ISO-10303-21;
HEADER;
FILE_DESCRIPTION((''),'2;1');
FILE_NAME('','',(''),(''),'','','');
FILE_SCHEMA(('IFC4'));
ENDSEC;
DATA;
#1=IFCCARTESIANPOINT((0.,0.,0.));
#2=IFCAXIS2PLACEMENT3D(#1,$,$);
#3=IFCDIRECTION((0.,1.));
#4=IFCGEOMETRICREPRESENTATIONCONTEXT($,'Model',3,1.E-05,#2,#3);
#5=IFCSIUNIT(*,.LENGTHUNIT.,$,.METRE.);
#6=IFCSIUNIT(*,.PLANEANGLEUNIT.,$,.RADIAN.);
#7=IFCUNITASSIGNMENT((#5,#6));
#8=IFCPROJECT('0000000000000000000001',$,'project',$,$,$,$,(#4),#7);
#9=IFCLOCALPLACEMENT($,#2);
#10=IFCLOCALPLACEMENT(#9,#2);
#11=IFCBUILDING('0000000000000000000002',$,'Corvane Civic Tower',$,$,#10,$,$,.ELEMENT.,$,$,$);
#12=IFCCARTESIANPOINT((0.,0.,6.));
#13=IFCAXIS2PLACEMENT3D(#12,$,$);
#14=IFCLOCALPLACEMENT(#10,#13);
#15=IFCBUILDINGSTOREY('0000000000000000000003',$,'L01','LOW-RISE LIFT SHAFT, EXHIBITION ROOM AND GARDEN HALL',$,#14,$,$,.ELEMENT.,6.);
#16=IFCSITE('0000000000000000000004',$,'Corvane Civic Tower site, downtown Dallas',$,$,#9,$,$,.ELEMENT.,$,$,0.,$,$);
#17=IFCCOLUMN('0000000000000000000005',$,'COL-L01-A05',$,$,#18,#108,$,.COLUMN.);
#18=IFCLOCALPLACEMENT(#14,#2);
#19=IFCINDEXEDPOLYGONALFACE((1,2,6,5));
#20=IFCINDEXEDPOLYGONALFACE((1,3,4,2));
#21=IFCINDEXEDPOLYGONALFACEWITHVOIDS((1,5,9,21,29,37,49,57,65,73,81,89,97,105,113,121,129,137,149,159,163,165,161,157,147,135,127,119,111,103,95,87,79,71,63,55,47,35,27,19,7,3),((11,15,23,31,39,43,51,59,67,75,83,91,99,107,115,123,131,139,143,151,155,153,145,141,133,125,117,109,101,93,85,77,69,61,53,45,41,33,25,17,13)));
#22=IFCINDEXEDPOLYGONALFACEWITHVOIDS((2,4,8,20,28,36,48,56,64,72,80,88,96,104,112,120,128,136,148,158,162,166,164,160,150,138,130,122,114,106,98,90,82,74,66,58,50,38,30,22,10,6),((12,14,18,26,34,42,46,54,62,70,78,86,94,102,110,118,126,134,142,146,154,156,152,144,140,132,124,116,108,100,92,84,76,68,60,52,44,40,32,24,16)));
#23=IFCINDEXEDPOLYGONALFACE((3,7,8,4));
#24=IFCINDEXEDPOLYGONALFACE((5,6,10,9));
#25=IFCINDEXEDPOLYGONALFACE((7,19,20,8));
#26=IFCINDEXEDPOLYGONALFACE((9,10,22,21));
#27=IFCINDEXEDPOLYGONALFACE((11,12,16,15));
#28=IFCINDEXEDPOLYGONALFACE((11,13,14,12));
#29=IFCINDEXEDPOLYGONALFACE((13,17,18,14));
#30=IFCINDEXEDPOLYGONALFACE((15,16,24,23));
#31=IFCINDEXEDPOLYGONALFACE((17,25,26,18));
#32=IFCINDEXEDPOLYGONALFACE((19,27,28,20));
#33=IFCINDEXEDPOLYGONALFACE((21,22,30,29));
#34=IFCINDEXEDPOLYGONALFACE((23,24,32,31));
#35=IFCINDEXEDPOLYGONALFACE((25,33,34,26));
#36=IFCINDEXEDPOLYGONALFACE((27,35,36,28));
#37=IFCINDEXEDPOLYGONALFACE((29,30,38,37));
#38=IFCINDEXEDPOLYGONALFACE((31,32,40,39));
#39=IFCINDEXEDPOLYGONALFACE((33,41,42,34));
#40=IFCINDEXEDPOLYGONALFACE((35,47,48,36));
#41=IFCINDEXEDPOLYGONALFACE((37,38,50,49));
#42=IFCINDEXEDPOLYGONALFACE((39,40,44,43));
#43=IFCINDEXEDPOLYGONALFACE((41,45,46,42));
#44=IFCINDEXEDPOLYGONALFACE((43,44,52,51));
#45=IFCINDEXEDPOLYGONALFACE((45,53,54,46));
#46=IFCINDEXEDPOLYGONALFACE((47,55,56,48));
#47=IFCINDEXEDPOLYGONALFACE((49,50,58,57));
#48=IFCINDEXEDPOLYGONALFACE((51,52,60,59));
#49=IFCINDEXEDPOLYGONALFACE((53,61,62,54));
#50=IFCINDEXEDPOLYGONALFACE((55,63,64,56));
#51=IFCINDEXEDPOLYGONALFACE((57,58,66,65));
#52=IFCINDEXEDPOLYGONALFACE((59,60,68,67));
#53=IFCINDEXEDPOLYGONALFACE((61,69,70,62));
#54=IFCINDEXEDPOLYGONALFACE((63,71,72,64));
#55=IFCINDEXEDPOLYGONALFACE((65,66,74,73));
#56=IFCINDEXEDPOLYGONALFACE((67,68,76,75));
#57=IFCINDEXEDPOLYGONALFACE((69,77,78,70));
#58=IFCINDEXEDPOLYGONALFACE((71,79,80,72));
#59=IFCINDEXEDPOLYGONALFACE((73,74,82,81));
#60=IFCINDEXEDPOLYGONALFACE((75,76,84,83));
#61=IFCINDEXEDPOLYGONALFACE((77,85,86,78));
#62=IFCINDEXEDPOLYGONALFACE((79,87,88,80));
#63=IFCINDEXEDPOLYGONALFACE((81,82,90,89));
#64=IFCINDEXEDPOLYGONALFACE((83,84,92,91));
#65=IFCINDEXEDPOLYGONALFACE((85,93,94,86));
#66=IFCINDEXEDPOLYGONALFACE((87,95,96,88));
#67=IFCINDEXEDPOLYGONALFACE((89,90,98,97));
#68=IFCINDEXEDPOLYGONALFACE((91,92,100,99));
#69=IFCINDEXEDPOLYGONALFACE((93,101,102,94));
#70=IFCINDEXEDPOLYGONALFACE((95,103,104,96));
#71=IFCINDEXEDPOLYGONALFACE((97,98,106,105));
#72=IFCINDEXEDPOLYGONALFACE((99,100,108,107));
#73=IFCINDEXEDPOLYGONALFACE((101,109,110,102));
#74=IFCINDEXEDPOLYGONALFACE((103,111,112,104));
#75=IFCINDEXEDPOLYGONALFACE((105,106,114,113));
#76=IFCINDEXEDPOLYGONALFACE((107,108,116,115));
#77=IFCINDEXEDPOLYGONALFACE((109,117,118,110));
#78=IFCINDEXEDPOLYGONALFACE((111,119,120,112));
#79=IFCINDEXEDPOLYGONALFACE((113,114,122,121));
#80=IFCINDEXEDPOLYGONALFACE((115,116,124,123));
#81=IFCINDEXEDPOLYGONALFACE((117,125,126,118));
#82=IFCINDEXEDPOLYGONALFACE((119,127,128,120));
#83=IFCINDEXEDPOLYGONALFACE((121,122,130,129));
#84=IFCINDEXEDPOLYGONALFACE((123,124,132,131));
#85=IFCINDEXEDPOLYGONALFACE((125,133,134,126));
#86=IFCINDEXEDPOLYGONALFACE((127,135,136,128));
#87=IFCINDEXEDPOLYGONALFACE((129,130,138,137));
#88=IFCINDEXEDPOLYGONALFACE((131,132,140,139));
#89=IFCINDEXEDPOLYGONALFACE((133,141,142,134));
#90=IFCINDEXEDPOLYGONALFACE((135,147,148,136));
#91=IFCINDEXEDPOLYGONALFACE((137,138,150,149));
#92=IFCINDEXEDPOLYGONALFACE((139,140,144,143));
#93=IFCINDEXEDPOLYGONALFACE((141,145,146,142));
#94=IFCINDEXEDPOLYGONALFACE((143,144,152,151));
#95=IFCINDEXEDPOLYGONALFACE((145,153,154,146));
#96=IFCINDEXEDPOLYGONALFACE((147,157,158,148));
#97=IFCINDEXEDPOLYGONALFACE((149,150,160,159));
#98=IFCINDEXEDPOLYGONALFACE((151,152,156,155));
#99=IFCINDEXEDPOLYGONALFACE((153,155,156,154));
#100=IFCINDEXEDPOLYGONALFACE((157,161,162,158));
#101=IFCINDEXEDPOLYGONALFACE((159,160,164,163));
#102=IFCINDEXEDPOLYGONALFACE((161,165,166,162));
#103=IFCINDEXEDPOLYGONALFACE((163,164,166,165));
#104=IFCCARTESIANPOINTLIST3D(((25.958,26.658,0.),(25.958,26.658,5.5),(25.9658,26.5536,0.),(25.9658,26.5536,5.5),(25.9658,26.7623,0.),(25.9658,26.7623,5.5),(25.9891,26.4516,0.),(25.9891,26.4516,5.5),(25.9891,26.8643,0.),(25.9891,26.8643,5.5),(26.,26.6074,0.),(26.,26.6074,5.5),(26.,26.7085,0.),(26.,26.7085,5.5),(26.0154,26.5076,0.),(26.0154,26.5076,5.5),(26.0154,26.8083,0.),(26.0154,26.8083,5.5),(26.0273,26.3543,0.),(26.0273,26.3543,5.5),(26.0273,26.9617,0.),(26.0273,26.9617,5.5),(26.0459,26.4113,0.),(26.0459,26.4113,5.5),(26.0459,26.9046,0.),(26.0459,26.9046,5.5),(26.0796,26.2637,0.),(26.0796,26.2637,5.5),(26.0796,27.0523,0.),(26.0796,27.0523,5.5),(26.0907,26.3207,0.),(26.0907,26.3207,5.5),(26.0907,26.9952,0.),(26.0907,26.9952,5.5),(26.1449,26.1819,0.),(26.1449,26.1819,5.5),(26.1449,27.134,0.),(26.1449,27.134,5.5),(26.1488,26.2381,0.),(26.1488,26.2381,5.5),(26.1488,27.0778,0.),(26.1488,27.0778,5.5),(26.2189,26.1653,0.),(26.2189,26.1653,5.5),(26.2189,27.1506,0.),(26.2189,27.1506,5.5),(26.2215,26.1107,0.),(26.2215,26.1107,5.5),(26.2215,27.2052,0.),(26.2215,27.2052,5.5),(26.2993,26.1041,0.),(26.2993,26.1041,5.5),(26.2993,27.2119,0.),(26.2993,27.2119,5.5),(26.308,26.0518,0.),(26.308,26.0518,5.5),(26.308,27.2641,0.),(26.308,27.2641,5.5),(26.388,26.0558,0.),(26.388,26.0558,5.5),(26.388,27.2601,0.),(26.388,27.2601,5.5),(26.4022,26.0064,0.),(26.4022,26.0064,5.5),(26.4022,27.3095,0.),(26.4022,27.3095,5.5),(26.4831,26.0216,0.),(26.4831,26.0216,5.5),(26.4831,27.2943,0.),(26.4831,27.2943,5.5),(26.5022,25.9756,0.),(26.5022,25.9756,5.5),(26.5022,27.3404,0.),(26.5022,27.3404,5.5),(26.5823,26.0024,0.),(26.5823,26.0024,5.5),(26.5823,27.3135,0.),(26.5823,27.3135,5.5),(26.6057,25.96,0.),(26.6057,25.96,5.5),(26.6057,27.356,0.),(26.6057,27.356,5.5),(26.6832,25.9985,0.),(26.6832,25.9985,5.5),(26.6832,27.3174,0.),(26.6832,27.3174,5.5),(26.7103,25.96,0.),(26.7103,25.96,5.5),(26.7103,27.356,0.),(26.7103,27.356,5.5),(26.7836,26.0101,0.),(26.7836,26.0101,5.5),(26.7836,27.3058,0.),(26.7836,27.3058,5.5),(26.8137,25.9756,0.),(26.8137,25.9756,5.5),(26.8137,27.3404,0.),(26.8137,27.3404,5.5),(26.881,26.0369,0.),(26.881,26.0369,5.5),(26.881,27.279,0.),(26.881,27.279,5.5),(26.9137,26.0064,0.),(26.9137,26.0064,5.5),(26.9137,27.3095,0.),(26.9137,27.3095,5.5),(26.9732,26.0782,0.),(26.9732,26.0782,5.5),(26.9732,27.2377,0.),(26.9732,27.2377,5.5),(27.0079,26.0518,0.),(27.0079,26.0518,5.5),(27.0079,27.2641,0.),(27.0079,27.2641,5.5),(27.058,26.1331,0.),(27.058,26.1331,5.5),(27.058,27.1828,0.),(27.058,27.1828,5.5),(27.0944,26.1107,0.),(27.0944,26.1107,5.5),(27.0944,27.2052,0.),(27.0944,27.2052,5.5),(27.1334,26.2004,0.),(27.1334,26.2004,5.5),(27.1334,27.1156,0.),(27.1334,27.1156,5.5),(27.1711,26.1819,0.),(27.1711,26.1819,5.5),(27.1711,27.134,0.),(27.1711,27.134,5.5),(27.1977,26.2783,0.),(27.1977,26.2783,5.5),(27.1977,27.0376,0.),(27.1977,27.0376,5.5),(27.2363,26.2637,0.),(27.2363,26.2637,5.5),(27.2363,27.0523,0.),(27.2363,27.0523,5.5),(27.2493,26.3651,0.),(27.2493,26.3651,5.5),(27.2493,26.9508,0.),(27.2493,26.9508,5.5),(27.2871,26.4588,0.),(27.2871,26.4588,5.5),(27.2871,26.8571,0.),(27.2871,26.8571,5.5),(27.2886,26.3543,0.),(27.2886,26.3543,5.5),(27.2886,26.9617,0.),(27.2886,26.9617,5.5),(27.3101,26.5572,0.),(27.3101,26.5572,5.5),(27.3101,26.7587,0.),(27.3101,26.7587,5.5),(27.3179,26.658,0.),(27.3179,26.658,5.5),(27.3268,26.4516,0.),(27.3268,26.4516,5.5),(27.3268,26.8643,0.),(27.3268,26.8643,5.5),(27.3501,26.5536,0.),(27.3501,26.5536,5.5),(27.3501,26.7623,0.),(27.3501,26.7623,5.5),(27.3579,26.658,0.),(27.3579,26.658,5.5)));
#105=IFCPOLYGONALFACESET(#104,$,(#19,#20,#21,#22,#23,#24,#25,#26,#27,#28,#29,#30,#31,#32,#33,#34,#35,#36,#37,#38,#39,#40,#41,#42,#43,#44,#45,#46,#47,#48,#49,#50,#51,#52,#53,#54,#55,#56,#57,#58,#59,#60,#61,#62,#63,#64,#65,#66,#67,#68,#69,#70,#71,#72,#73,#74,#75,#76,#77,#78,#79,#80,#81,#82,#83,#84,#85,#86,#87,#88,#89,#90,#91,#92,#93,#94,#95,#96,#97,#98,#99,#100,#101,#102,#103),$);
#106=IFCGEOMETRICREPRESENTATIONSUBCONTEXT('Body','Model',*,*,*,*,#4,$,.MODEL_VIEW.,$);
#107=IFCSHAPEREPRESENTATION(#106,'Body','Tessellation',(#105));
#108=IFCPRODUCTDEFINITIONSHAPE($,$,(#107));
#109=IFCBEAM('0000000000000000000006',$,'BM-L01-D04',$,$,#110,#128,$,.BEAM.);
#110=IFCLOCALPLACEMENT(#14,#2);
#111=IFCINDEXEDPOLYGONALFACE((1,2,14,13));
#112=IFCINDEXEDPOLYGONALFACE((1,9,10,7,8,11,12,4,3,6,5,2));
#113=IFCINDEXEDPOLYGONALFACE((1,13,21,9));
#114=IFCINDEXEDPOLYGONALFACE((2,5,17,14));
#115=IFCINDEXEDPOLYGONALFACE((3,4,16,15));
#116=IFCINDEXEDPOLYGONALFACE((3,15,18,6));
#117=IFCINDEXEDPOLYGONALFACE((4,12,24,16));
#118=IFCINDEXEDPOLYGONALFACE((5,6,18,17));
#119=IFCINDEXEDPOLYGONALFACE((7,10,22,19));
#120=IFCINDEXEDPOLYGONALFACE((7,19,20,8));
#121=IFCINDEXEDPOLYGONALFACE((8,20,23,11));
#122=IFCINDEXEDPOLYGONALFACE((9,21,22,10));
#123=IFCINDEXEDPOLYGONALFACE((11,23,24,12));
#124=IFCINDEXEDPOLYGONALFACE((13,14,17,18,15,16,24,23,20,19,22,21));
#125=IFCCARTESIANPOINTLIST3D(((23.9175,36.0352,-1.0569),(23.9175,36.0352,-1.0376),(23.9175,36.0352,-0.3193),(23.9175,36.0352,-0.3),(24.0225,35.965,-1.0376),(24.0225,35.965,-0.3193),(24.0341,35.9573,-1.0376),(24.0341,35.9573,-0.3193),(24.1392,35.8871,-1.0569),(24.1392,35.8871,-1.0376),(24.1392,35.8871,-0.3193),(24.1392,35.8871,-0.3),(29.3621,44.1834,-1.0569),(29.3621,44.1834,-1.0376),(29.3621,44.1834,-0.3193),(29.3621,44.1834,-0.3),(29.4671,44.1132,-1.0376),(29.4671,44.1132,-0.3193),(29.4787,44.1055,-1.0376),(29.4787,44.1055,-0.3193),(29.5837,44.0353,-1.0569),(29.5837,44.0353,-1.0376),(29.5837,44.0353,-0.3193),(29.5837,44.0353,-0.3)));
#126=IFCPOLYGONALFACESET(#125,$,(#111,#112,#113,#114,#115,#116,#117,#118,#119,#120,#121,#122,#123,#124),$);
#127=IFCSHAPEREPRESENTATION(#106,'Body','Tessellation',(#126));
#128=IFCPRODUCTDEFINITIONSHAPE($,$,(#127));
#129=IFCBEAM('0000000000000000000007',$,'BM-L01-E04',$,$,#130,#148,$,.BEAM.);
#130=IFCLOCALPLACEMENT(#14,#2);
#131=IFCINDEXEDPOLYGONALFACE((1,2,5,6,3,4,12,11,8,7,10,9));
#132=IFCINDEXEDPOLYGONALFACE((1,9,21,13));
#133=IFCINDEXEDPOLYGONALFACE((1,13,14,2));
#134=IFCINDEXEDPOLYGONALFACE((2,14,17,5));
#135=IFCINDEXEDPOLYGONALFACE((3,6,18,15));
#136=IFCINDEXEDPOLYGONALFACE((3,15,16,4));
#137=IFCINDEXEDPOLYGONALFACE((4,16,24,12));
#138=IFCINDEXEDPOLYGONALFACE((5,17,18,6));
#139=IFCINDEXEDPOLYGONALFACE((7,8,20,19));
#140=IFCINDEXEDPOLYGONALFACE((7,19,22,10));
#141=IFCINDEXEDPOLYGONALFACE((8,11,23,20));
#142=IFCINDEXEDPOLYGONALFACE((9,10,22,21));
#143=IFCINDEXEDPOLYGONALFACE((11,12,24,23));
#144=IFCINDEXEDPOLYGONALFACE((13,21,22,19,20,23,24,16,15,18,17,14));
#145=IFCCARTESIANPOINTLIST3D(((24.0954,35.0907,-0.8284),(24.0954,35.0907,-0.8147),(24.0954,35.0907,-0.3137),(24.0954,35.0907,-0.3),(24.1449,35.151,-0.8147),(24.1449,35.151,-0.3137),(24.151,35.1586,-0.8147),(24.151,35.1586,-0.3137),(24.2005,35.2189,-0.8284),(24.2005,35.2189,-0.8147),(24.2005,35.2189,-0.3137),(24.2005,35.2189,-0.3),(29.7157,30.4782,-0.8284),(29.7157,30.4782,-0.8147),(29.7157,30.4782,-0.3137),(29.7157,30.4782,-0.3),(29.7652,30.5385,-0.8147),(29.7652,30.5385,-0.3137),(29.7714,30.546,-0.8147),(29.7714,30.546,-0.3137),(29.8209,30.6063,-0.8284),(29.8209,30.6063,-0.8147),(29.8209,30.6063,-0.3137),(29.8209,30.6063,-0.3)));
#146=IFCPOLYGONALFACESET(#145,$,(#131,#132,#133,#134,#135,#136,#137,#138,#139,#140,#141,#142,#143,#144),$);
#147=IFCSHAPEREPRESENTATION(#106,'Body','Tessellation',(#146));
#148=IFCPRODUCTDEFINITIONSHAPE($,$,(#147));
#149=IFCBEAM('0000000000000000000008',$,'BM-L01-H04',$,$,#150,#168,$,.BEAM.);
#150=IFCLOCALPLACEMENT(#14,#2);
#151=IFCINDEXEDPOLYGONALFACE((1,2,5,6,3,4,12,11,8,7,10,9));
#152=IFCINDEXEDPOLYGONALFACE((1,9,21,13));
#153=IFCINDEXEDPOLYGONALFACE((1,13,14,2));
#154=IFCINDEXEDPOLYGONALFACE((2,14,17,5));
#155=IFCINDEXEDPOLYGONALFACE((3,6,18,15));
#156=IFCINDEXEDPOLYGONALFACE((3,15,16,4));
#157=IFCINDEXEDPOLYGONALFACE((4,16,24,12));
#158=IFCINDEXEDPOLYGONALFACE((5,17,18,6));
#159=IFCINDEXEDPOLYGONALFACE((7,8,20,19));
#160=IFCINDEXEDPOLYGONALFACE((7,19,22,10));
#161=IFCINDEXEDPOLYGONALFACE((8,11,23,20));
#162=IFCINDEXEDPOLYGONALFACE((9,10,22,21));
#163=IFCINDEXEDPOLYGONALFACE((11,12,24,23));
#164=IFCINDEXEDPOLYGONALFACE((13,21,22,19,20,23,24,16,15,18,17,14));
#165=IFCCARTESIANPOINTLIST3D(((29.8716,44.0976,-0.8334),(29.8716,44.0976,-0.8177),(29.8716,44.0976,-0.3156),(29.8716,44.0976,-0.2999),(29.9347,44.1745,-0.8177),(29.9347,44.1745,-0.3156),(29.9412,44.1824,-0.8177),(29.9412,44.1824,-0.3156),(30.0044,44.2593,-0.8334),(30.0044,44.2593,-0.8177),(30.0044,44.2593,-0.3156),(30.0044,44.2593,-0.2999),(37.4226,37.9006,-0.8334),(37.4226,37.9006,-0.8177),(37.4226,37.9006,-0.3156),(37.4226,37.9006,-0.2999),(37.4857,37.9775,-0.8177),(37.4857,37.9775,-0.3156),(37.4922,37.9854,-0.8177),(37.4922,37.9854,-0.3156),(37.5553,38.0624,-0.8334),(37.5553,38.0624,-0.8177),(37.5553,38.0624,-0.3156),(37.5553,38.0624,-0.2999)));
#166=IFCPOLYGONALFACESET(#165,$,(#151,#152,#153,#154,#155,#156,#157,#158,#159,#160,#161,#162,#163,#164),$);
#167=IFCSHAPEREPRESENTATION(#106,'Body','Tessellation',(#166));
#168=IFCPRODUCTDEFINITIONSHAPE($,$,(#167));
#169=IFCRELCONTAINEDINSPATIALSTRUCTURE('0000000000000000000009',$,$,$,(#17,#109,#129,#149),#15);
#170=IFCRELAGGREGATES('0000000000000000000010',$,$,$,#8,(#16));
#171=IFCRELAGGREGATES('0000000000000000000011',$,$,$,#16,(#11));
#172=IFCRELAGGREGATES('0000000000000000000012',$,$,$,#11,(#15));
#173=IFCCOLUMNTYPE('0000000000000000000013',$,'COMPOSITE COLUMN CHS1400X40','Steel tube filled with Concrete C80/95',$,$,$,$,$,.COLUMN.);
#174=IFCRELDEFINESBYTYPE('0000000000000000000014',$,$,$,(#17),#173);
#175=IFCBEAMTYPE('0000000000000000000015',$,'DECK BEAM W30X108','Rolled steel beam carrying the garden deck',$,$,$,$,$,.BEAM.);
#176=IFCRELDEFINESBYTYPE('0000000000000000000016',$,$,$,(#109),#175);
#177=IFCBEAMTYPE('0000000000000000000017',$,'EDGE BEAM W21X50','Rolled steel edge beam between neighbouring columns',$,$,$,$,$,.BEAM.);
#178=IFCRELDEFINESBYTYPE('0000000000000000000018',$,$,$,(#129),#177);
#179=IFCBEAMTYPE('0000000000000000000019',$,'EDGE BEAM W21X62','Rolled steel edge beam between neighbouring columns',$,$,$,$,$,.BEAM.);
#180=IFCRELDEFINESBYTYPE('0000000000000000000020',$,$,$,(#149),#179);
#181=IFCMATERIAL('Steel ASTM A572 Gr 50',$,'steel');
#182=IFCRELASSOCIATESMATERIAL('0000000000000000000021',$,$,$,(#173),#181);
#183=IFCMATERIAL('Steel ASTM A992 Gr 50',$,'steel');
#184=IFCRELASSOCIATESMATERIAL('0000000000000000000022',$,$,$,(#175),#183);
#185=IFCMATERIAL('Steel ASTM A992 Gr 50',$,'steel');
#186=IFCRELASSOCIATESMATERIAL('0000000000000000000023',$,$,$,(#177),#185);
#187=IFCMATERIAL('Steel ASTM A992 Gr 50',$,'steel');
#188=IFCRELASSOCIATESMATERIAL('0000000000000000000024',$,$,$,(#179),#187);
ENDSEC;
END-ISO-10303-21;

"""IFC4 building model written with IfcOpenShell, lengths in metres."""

from ifc_helpers import new_model, si_unit, direction, frame, origin, origin_2d, place, context, subcontext, project, spatial, hollow_circle, i_section, extrude, material, material_profile, profile_set, type_object, element, save


model = new_model("IFC4")

# Units and contexts
model_context = context("Model", 3, precision=1e-05, world=origin(), true_north=direction((0.0, 1.0)))
body_context = subcontext(model_context, "Body", "Model", "MODEL_VIEW")
ifc_project = project(units=[si_unit("LENGTHUNIT", "METRE"), si_unit("PLANEANGLEUNIT", "RADIAN")], contexts=[model_context])

# Site, building, storey
site_placement = place(None, origin())
site = spatial("IfcSite", under=ifc_project, at=site_placement, Name="Corvane Civic Tower site, downtown Dallas", CompositionType="ELEMENT", RefElevation=0.0)
building_placement = place(site_placement, origin())
building = spatial("IfcBuilding", under=site, at=building_placement, Name="Corvane Civic Tower", CompositionType="ELEMENT")
storey_placement = place(building_placement, frame((0.0, 0.0, 6.0)))
storey = spatial("IfcBuildingStorey", under=building, at=storey_placement, Name="L01", Description="LOW-RISE LIFT SHAFT, EXHIBITION ROOM AND GARDEN HALL", CompositionType="ELEMENT", Elevation=6.0)

# Column
ifc_material_1 = material(Name="Steel ASTM A572 Gr 50", Category="steel")
ifc_material_profile_1 = material_profile(ifc_material_1, hollow_circle(Radius=0.7, WallThickness=0.04, at=origin_2d()), Name="CHS1400X40")
ifc_profile_set_1 = profile_set([ifc_material_profile_1], Name="Steel ASTM A572 Gr 50")
column_type_1 = type_object("IfcColumnType", Name="COMPOSITE COLUMN CHS1400X40", Description="Steel tube filled with Concrete C80/95", PredefinedType="COLUMN", material=ifc_profile_set_1)
for number, where, z_axis, x_axis, name in (
    (1, (26.658, 26.658, 0.0), (0.0, 0.0, 1.0), (1.0, 0.0, 0.0), "COL-L01-A05"),
):
    element("IfcColumn", number, at=place(storey_placement, frame(where, z_axis=z_axis, x_axis=x_axis)), inside=storey, type_object=column_type_1, Name=name, PredefinedType="COLUMN", context=body_context, shape_type="SweptSolid", body=[
        extrude(hollow_circle(Radius=0.7, WallThickness=0.04, at=origin_2d()), origin(), (0.0, 0.0, 1.0), 5.5),
    ])

# Beams
ifc_material_2 = material(Name="Steel ASTM A992 Gr 50", Category="steel")
ifc_material_profile_2 = material_profile(ifc_material_2, i_section(OverallWidth=0.2666, OverallDepth=0.7568, WebThickness=0.0139, FlangeThickness=0.0193, at=origin_2d()), Name="W30X108")
ifc_profile_set_2 = profile_set([ifc_material_profile_2], Name="Steel ASTM A992 Gr 50")
beam_type_1 = type_object("IfcBeamType", Name="DECK BEAM W30X108", Description="Rolled steel beam carrying the garden deck", PredefinedType="BEAM", material=ifc_profile_set_2)
beam_1_placement = place(storey_placement, frame((24.0283, 35.9612, -0.6785), z_axis=(0.555579, 0.831463, 0.0), x_axis=(-0.831463, 0.555579, 0.0)))
element("IfcBeam", 2, at=beam_1_placement, inside=storey, type_object=beam_type_1, Name="BM-L01-D04", PredefinedType="BEAM", context=body_context, shape_type="SweptSolid", body=[
    extrude(i_section(OverallWidth=0.2666, OverallDepth=0.7568, WebThickness=0.0139, FlangeThickness=0.0193, at=origin_2d()), origin(), (0.0, 0.0, 1.0), 9.7998),
])
ifc_material_3 = material(Name="Steel ASTM A992 Gr 50", Category="steel")
ifc_material_profile_3 = material_profile(ifc_material_3, i_section(OverallWidth=0.1658, OverallDepth=0.5283, WebThickness=0.0098, FlangeThickness=0.0137, at=origin_2d()), Name="W21X50")
ifc_profile_set_3 = profile_set([ifc_material_profile_3], Name="Steel ASTM A992 Gr 50")
beam_type_2 = type_object("IfcBeamType", Name="EDGE BEAM W21X50", Description="Rolled steel edge beam between neighbouring columns", PredefinedType="BEAM", material=ifc_profile_set_3)
beam_2_placement = place(storey_placement, frame((24.1479, 35.1548, -0.5642), z_axis=(0.773008, -0.634396, 0.0), x_axis=(0.634396, 0.773008, 0.0)))
element("IfcBeam", 3, at=beam_2_placement, inside=storey, type_object=beam_type_2, Name="BM-L01-E04", PredefinedType="BEAM", context=body_context, shape_type="SweptSolid", body=[
    extrude(i_section(OverallWidth=0.1658, OverallDepth=0.5283, WebThickness=0.0098, FlangeThickness=0.0137, at=origin_2d()), origin(), (0.0, 0.0, 1.0), 7.2708),
])
ifc_material_4 = material(Name="Steel ASTM A992 Gr 50", Category="steel")
ifc_material_profile_4 = material_profile(ifc_material_4, i_section(OverallWidth=0.2092, OverallDepth=0.5334, WebThickness=0.0103, FlangeThickness=0.0156, at=origin_2d()), Name="W21X62")
ifc_profile_set_4 = profile_set([ifc_material_profile_4], Name="Steel ASTM A992 Gr 50")
beam_type_3 = type_object("IfcBeamType", Name="EDGE BEAM W21X62", Description="Rolled steel edge beam between neighbouring columns", PredefinedType="BEAM", material=ifc_profile_set_4)
beam_3_placement = place(storey_placement, frame((29.938, 44.1785, -0.5667), z_axis=(0.773008, -0.634397, 0.0), x_axis=(0.634397, 0.773008, 0.0)))
element("IfcBeam", 4, at=beam_3_placement, inside=storey, type_object=beam_type_3, Name="BM-L01-H04", PredefinedType="BEAM", context=body_context, shape_type="SweptSolid", body=[
    extrude(i_section(OverallWidth=0.2092, OverallDepth=0.5334, WebThickness=0.0103, FlangeThickness=0.0156, at=origin_2d()), origin(), (0.0, 0.0, 1.0), 9.7683),
])

save(model, "model.ifc")
